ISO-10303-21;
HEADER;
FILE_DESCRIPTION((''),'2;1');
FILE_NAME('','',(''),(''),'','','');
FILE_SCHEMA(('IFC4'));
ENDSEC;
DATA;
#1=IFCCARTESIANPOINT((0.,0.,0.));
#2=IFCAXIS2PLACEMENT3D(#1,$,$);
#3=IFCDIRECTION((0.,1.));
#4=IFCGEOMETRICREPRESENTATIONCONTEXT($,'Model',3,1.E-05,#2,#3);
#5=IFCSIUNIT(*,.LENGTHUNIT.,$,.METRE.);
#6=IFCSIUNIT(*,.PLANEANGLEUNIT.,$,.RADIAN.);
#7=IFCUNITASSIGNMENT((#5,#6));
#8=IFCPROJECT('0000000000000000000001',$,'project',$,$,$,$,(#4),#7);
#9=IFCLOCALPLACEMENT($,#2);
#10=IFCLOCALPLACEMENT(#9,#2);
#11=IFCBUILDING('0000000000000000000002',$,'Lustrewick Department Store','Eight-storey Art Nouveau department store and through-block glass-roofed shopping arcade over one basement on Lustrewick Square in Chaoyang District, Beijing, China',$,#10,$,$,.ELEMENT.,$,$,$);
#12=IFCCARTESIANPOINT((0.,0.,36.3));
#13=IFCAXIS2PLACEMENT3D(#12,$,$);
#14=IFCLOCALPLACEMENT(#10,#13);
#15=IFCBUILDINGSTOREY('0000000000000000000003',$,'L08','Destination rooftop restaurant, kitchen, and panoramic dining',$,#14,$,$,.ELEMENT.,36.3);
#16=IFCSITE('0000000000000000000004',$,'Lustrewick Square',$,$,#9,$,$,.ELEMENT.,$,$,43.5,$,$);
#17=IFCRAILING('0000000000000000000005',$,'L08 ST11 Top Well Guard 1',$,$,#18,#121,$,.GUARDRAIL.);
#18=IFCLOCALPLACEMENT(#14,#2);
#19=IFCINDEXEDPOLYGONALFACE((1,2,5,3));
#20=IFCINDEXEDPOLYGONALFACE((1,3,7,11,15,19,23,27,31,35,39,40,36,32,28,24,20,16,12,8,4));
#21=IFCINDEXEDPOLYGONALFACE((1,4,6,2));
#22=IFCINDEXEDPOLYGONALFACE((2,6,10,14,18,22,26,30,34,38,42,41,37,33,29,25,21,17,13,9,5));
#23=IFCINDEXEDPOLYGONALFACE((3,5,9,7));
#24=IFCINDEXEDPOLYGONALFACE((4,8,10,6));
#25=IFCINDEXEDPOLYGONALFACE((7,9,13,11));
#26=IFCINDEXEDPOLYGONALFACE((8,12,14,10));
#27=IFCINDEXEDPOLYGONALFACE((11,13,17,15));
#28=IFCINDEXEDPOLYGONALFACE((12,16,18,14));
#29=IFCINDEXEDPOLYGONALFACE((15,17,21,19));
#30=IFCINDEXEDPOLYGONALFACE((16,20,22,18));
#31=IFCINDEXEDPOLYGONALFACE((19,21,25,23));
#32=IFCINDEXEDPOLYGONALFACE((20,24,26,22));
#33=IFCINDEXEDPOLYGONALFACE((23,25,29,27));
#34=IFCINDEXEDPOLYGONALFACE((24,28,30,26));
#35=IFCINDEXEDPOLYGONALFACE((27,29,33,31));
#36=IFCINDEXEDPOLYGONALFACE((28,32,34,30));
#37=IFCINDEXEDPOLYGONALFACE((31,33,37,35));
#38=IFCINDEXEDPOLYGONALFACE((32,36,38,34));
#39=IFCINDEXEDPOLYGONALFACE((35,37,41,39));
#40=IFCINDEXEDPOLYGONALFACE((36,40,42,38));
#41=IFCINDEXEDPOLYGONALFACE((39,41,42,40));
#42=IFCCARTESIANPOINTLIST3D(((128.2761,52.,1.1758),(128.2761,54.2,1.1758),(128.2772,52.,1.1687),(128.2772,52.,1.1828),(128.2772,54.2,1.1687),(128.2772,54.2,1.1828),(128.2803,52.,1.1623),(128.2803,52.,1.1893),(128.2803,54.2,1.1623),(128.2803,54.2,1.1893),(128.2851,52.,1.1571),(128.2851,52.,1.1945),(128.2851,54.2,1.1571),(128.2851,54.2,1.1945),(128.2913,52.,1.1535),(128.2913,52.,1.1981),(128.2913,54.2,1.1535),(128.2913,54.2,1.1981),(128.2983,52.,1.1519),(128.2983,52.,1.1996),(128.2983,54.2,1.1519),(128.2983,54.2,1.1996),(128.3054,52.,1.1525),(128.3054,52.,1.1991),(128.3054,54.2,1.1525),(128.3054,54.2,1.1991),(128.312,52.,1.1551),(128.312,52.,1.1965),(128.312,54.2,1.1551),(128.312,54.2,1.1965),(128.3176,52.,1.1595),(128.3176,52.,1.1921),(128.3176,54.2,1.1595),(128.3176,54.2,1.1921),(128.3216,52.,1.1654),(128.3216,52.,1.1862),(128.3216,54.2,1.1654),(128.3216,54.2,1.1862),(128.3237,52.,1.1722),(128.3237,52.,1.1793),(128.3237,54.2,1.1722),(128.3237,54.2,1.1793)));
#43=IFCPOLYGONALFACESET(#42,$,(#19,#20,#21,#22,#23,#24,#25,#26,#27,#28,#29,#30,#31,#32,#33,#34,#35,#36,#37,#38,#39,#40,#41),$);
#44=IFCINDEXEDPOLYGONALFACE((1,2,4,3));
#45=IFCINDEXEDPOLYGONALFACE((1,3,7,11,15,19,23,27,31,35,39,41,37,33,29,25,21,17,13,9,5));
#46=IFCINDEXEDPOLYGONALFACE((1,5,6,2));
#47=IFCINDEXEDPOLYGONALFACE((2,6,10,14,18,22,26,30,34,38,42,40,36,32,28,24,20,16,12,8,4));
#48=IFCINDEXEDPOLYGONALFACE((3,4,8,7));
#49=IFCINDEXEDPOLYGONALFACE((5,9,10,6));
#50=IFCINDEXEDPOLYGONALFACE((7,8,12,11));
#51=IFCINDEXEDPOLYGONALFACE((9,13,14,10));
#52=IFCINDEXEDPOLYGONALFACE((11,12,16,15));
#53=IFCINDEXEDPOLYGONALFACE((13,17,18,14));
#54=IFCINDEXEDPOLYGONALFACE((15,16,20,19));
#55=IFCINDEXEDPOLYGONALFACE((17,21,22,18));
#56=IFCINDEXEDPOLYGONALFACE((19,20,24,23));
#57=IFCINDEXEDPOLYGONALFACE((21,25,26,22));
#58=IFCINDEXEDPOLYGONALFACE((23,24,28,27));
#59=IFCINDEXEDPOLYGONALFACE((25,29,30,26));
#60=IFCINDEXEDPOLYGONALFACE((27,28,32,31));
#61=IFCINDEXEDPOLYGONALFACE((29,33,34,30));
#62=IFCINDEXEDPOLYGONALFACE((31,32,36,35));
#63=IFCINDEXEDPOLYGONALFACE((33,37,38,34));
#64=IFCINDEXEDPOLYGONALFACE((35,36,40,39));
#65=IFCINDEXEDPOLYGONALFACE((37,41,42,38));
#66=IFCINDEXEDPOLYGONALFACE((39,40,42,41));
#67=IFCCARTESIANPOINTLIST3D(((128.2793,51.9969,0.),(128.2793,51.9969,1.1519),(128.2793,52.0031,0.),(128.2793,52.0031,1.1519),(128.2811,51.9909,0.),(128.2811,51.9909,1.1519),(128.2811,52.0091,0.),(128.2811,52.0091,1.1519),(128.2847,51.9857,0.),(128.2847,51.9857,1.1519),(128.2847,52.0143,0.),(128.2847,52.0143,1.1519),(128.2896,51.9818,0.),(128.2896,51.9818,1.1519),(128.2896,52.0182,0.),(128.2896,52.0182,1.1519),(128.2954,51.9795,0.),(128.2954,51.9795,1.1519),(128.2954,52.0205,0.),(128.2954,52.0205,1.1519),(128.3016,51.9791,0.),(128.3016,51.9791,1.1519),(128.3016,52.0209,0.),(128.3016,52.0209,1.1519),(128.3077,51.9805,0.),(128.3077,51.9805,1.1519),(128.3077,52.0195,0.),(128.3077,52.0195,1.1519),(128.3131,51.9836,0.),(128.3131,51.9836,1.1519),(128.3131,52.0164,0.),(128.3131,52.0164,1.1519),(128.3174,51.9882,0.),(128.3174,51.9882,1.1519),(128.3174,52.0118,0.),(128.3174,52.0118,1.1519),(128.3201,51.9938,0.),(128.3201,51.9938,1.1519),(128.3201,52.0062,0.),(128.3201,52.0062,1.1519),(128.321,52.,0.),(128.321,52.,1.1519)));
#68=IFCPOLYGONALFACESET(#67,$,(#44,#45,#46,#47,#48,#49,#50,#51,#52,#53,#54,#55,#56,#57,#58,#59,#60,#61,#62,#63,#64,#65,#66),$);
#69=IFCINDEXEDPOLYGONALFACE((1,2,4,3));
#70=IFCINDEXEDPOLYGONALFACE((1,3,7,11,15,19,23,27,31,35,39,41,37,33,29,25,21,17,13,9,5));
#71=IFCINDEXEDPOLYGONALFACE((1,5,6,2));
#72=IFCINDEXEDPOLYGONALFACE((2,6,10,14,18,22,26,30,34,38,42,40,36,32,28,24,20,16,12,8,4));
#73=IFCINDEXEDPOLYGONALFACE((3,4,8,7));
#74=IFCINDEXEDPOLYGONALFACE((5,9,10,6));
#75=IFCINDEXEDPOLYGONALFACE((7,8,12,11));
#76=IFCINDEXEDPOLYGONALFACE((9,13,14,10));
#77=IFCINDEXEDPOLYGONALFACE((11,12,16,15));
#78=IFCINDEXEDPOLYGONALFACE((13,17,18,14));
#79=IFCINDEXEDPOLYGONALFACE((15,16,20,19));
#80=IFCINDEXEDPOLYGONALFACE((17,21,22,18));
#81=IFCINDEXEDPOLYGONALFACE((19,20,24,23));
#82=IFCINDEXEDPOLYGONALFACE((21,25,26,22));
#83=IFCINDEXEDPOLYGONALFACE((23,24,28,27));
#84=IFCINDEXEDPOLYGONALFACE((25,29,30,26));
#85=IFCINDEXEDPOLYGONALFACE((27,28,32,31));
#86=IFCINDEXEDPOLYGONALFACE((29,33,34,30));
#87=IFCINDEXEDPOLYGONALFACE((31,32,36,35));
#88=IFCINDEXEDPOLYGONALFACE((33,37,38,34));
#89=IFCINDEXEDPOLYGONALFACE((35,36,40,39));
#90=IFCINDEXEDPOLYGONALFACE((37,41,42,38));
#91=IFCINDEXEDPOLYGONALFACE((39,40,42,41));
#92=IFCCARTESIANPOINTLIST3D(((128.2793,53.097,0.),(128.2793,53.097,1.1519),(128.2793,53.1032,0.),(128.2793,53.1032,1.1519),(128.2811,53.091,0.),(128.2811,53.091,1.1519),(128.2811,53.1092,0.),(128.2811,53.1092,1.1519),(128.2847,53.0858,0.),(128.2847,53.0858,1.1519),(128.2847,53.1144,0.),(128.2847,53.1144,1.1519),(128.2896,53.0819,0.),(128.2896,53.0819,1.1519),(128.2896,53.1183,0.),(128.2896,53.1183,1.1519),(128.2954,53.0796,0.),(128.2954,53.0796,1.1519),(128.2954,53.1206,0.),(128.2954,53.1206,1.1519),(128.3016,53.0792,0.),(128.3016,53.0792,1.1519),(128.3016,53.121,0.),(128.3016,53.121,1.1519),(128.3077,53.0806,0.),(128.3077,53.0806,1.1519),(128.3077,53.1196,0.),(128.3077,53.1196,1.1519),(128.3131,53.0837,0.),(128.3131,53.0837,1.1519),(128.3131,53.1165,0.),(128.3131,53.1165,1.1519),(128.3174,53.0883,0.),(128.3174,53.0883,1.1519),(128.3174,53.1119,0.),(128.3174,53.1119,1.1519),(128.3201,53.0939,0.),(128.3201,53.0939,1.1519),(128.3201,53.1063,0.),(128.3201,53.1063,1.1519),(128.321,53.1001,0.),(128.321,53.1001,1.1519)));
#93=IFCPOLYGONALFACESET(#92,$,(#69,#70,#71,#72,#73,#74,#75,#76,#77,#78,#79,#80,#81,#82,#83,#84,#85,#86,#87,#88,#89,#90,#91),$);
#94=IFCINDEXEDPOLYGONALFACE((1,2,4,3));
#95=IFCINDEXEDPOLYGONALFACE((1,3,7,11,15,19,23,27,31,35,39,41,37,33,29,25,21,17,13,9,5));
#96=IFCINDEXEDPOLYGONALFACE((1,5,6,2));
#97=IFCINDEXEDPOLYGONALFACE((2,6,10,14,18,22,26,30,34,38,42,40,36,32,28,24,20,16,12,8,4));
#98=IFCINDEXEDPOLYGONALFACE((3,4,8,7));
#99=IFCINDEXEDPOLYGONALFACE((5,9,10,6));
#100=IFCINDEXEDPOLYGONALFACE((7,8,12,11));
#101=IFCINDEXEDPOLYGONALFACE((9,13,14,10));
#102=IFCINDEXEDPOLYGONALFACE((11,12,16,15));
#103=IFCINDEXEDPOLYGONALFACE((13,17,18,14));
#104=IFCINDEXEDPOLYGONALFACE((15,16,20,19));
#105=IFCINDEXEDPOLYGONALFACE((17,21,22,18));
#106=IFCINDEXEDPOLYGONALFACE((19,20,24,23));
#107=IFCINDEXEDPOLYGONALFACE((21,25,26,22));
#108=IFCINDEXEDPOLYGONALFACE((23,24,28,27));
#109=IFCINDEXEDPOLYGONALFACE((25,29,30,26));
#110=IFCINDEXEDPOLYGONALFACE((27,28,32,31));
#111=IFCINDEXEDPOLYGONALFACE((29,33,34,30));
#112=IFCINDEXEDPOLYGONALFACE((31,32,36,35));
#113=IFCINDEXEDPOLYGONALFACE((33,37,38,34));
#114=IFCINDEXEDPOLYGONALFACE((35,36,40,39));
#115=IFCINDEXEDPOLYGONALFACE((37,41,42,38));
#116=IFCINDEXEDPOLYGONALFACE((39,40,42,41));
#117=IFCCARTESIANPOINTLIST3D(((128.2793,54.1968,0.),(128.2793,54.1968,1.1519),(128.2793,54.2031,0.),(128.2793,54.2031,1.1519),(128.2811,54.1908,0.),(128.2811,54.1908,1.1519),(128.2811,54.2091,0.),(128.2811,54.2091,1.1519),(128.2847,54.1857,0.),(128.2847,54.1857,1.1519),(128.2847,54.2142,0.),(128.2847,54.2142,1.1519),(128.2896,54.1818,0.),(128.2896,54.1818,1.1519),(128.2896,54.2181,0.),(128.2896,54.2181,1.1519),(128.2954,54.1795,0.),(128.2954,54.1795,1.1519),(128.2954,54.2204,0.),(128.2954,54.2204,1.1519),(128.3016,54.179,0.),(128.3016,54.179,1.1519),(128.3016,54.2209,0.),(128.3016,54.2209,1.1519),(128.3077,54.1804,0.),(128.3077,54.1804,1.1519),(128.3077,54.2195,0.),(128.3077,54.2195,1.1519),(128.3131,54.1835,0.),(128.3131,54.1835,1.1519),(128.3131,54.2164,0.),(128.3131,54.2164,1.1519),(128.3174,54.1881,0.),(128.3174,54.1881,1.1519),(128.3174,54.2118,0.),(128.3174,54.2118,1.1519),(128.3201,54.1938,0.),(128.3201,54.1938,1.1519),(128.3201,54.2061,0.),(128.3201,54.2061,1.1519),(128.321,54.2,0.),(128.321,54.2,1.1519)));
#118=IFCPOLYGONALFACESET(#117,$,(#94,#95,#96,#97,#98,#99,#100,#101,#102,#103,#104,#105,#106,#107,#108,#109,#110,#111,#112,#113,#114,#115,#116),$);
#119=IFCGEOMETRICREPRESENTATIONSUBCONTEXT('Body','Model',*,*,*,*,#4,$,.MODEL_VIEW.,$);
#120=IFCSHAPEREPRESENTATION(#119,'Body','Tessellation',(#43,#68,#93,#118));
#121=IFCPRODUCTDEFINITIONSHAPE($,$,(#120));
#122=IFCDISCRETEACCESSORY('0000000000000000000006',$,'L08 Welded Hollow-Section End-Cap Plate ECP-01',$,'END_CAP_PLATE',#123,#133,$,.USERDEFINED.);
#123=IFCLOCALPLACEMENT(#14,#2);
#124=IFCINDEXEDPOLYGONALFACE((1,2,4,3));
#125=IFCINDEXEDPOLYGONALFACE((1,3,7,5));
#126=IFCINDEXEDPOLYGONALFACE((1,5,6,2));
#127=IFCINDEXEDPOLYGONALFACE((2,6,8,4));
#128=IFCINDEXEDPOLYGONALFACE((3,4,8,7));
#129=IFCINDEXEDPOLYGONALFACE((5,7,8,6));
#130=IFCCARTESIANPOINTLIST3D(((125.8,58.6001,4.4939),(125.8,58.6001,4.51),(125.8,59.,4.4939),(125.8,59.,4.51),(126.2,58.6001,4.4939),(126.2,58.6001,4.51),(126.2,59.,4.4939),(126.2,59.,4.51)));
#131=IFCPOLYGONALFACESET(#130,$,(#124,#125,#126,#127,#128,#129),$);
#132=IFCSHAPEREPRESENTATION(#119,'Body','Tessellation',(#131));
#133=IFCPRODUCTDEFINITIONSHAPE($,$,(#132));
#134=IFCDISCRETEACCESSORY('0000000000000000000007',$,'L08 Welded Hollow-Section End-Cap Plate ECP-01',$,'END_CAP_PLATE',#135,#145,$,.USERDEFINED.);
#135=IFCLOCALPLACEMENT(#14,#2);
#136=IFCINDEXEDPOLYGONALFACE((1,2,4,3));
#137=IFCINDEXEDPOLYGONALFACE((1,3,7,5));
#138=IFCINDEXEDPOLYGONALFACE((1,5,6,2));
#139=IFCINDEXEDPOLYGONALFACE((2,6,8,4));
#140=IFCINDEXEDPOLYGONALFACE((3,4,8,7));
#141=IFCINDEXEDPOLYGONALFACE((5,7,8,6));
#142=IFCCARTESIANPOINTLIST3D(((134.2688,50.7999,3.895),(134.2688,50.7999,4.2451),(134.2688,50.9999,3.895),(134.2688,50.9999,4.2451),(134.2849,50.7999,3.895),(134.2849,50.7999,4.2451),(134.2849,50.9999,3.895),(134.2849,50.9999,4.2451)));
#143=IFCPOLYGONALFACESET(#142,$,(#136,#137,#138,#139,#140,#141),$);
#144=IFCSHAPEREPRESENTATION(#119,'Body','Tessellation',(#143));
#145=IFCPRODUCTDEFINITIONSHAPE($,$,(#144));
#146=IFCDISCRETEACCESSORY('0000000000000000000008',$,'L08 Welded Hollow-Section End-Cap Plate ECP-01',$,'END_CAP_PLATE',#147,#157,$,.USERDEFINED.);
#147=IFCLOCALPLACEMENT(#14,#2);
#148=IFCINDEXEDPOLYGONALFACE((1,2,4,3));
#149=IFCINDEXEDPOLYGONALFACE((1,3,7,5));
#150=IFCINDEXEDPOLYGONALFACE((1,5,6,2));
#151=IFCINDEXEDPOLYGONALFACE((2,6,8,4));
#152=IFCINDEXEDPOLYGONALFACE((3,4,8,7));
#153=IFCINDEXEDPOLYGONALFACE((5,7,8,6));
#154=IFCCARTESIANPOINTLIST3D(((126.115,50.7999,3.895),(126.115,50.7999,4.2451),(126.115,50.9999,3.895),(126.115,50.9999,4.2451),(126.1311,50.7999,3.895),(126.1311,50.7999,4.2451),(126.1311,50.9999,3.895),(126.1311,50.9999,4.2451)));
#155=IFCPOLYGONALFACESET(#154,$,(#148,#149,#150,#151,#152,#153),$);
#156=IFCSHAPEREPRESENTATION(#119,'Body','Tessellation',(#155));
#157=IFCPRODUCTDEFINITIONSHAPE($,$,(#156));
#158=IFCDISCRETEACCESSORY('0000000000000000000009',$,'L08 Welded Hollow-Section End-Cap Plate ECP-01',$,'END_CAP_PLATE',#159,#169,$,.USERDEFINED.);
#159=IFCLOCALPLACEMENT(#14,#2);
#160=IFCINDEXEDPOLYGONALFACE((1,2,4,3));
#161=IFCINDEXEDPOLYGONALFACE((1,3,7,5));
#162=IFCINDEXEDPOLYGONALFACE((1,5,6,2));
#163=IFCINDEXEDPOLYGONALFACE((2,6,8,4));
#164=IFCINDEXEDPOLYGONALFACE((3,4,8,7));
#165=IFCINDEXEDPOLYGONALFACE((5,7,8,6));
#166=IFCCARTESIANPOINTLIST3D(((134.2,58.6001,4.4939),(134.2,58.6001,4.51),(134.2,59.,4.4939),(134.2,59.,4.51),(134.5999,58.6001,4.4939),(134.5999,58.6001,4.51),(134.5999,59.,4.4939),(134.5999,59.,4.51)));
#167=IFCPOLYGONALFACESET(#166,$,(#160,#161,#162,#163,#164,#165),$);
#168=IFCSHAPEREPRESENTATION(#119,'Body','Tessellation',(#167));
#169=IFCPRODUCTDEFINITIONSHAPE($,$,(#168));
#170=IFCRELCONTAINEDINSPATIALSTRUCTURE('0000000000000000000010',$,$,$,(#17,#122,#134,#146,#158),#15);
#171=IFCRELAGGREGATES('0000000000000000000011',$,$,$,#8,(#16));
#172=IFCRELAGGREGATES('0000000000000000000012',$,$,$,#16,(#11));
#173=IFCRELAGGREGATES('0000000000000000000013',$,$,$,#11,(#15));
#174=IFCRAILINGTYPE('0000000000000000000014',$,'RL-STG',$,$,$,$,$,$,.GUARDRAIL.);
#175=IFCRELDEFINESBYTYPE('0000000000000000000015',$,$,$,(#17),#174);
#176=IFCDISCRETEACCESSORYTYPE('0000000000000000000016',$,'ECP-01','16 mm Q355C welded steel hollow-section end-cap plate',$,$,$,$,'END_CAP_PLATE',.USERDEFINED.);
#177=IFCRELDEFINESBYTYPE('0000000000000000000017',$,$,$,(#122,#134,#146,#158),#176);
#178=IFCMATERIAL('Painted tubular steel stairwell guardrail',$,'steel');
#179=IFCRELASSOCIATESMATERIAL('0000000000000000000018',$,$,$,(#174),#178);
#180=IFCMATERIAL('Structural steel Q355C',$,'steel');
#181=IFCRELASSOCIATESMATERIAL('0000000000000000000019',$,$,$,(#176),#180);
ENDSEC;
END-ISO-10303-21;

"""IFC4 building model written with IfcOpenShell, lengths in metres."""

from ifc_helpers import new_model, si_unit, direction, frame, origin, origin_2d, place, context, subcontext, project, spatial, rectangle, circle, extrude, material, type_object, element, save


model = new_model("IFC4")

# Units and contexts
model_context = context("Model", 3, precision=1e-05, world=origin(), true_north=direction((0.0, 1.0)))
body_context = subcontext(model_context, "Body", "Model", "MODEL_VIEW")
ifc_project = project(units=[si_unit("LENGTHUNIT", "METRE"), si_unit("PLANEANGLEUNIT", "RADIAN")], contexts=[model_context])

# Site, building, storey
site_placement = place(None, origin())
site = spatial("IfcSite", under=ifc_project, at=site_placement, Name="Lustrewick Square", CompositionType="ELEMENT", RefElevation=43.5)
building_placement = place(site_placement, origin())
building = spatial("IfcBuilding", under=site, at=building_placement, Name="Lustrewick Department Store", Description="Eight-storey Art Nouveau department store and through-block glass-roofed shopping arcade over one basement on Lustrewick Square in Chaoyang District, Beijing, China", CompositionType="ELEMENT")
storey_placement = place(building_placement, frame((0.0, 0.0, 36.3)))
storey = spatial("IfcBuildingStorey", under=building, at=storey_placement, Name="L08", Description="Destination rooftop restaurant, kitchen, and panoramic dining", CompositionType="ELEMENT", Elevation=36.3)

# Shared definitions
ifc_material_1 = material(Name="Structural steel Q355C", Category="steel")

# Railing
ifc_material_2 = material(Name="Painted tubular steel stairwell guardrail", Category="steel")
railing_type = type_object("IfcRailingType", Name="RL-STG", PredefinedType="GUARDRAIL", material=ifc_material_2)
railing_placement = place(storey_placement, frame((128.3, 52.0, 0.0)))
element("IfcRailing", 1, at=railing_placement, inside=storey, type_object=railing_type, Name="L08 ST11 Top Well Guard 1", PredefinedType="GUARDRAIL", context=body_context, shape_type="SweptSolid", body=[
    extrude(circle(Radius=0.0239, at=origin_2d()), frame((0.0, 0.0, 1.1758), z_axis=(0.0, 1.0, 0.0), x_axis=(-1.0, 0.0, 0.0)), (0.0, 0.0, 1.0), 2.2),
    extrude(circle(Radius=0.021, at=origin_2d()), origin(), (0.0, 0.0, 1.0), 1.1519),
    extrude(circle(Radius=0.021, at=origin_2d()), frame((0.0, 1.1001, 0.0)), (0.0, 0.0, 1.0), 1.1519),
    extrude(circle(Radius=0.021, at=origin_2d()), frame((0.0, 2.2, 0.0)), (0.0, 0.0, 1.0), 1.1519),
])

# Discrete accessories
discrete_accessory_type = type_object("IfcDiscreteAccessoryType", Name="ECP-01", Description="16 mm Q355C welded steel hollow-section end-cap plate", ElementType="END_CAP_PLATE", PredefinedType="USERDEFINED", material=ifc_material_1)
discrete_accessory_1_placement = place(storey_placement, frame((126.0, 58.8, 4.4939), z_axis=(0.0, 0.0, 1.0), x_axis=(1.0, 0.0, 0.0)))
element("IfcDiscreteAccessory", 2, at=discrete_accessory_1_placement, inside=storey, type_object=discrete_accessory_type, Name="L08 Welded Hollow-Section End-Cap Plate ECP-01", ObjectType="END_CAP_PLATE", PredefinedType="USERDEFINED", context=body_context, shape_type="SweptSolid", body=[
    extrude(rectangle(XDim=0.3999, YDim=0.3999, at=origin_2d()), origin(), (0.0, 0.0, 1.0), 0.0161),
])
for number, where, z_axis, x_axis, name in (
    (3, (134.2688, 50.8999, 4.0701), (1.0, 0.0, 0.0), (0.0, 1.0, 0.0), "L08 Welded Hollow-Section End-Cap Plate ECP-01"),
    (4, (126.1311, 50.8999, 4.0701), (-1.0, 0.0, 0.0), (0.0, 1.0, 0.0), "L08 Welded Hollow-Section End-Cap Plate ECP-01"),
):
    element("IfcDiscreteAccessory", number, at=place(storey_placement, frame(where, z_axis=z_axis, x_axis=x_axis)), inside=storey, type_object=discrete_accessory_type, Name=name, ObjectType="END_CAP_PLATE", PredefinedType="USERDEFINED", context=body_context, shape_type="SweptSolid", body=[
        extrude(rectangle(XDim=0.2, YDim=0.3501, at=origin_2d()), origin(), (0.0, 0.0, 1.0), 0.0161),
    ])
discrete_accessory_2_placement = place(storey_placement, frame((134.3999, 58.8, 4.4939), z_axis=(0.0, 0.0, 1.0), x_axis=(1.0, 0.0, 0.0)))
element("IfcDiscreteAccessory", 5, at=discrete_accessory_2_placement, inside=storey, type_object=discrete_accessory_type, Name="L08 Welded Hollow-Section End-Cap Plate ECP-01", ObjectType="END_CAP_PLATE", PredefinedType="USERDEFINED", context=body_context, shape_type="SweptSolid", body=[
    extrude(rectangle(XDim=0.3999, YDim=0.3999, at=origin_2d()), origin(), (0.0, 0.0, 1.0), 0.0161),
])

save(model, "model.ifc")
